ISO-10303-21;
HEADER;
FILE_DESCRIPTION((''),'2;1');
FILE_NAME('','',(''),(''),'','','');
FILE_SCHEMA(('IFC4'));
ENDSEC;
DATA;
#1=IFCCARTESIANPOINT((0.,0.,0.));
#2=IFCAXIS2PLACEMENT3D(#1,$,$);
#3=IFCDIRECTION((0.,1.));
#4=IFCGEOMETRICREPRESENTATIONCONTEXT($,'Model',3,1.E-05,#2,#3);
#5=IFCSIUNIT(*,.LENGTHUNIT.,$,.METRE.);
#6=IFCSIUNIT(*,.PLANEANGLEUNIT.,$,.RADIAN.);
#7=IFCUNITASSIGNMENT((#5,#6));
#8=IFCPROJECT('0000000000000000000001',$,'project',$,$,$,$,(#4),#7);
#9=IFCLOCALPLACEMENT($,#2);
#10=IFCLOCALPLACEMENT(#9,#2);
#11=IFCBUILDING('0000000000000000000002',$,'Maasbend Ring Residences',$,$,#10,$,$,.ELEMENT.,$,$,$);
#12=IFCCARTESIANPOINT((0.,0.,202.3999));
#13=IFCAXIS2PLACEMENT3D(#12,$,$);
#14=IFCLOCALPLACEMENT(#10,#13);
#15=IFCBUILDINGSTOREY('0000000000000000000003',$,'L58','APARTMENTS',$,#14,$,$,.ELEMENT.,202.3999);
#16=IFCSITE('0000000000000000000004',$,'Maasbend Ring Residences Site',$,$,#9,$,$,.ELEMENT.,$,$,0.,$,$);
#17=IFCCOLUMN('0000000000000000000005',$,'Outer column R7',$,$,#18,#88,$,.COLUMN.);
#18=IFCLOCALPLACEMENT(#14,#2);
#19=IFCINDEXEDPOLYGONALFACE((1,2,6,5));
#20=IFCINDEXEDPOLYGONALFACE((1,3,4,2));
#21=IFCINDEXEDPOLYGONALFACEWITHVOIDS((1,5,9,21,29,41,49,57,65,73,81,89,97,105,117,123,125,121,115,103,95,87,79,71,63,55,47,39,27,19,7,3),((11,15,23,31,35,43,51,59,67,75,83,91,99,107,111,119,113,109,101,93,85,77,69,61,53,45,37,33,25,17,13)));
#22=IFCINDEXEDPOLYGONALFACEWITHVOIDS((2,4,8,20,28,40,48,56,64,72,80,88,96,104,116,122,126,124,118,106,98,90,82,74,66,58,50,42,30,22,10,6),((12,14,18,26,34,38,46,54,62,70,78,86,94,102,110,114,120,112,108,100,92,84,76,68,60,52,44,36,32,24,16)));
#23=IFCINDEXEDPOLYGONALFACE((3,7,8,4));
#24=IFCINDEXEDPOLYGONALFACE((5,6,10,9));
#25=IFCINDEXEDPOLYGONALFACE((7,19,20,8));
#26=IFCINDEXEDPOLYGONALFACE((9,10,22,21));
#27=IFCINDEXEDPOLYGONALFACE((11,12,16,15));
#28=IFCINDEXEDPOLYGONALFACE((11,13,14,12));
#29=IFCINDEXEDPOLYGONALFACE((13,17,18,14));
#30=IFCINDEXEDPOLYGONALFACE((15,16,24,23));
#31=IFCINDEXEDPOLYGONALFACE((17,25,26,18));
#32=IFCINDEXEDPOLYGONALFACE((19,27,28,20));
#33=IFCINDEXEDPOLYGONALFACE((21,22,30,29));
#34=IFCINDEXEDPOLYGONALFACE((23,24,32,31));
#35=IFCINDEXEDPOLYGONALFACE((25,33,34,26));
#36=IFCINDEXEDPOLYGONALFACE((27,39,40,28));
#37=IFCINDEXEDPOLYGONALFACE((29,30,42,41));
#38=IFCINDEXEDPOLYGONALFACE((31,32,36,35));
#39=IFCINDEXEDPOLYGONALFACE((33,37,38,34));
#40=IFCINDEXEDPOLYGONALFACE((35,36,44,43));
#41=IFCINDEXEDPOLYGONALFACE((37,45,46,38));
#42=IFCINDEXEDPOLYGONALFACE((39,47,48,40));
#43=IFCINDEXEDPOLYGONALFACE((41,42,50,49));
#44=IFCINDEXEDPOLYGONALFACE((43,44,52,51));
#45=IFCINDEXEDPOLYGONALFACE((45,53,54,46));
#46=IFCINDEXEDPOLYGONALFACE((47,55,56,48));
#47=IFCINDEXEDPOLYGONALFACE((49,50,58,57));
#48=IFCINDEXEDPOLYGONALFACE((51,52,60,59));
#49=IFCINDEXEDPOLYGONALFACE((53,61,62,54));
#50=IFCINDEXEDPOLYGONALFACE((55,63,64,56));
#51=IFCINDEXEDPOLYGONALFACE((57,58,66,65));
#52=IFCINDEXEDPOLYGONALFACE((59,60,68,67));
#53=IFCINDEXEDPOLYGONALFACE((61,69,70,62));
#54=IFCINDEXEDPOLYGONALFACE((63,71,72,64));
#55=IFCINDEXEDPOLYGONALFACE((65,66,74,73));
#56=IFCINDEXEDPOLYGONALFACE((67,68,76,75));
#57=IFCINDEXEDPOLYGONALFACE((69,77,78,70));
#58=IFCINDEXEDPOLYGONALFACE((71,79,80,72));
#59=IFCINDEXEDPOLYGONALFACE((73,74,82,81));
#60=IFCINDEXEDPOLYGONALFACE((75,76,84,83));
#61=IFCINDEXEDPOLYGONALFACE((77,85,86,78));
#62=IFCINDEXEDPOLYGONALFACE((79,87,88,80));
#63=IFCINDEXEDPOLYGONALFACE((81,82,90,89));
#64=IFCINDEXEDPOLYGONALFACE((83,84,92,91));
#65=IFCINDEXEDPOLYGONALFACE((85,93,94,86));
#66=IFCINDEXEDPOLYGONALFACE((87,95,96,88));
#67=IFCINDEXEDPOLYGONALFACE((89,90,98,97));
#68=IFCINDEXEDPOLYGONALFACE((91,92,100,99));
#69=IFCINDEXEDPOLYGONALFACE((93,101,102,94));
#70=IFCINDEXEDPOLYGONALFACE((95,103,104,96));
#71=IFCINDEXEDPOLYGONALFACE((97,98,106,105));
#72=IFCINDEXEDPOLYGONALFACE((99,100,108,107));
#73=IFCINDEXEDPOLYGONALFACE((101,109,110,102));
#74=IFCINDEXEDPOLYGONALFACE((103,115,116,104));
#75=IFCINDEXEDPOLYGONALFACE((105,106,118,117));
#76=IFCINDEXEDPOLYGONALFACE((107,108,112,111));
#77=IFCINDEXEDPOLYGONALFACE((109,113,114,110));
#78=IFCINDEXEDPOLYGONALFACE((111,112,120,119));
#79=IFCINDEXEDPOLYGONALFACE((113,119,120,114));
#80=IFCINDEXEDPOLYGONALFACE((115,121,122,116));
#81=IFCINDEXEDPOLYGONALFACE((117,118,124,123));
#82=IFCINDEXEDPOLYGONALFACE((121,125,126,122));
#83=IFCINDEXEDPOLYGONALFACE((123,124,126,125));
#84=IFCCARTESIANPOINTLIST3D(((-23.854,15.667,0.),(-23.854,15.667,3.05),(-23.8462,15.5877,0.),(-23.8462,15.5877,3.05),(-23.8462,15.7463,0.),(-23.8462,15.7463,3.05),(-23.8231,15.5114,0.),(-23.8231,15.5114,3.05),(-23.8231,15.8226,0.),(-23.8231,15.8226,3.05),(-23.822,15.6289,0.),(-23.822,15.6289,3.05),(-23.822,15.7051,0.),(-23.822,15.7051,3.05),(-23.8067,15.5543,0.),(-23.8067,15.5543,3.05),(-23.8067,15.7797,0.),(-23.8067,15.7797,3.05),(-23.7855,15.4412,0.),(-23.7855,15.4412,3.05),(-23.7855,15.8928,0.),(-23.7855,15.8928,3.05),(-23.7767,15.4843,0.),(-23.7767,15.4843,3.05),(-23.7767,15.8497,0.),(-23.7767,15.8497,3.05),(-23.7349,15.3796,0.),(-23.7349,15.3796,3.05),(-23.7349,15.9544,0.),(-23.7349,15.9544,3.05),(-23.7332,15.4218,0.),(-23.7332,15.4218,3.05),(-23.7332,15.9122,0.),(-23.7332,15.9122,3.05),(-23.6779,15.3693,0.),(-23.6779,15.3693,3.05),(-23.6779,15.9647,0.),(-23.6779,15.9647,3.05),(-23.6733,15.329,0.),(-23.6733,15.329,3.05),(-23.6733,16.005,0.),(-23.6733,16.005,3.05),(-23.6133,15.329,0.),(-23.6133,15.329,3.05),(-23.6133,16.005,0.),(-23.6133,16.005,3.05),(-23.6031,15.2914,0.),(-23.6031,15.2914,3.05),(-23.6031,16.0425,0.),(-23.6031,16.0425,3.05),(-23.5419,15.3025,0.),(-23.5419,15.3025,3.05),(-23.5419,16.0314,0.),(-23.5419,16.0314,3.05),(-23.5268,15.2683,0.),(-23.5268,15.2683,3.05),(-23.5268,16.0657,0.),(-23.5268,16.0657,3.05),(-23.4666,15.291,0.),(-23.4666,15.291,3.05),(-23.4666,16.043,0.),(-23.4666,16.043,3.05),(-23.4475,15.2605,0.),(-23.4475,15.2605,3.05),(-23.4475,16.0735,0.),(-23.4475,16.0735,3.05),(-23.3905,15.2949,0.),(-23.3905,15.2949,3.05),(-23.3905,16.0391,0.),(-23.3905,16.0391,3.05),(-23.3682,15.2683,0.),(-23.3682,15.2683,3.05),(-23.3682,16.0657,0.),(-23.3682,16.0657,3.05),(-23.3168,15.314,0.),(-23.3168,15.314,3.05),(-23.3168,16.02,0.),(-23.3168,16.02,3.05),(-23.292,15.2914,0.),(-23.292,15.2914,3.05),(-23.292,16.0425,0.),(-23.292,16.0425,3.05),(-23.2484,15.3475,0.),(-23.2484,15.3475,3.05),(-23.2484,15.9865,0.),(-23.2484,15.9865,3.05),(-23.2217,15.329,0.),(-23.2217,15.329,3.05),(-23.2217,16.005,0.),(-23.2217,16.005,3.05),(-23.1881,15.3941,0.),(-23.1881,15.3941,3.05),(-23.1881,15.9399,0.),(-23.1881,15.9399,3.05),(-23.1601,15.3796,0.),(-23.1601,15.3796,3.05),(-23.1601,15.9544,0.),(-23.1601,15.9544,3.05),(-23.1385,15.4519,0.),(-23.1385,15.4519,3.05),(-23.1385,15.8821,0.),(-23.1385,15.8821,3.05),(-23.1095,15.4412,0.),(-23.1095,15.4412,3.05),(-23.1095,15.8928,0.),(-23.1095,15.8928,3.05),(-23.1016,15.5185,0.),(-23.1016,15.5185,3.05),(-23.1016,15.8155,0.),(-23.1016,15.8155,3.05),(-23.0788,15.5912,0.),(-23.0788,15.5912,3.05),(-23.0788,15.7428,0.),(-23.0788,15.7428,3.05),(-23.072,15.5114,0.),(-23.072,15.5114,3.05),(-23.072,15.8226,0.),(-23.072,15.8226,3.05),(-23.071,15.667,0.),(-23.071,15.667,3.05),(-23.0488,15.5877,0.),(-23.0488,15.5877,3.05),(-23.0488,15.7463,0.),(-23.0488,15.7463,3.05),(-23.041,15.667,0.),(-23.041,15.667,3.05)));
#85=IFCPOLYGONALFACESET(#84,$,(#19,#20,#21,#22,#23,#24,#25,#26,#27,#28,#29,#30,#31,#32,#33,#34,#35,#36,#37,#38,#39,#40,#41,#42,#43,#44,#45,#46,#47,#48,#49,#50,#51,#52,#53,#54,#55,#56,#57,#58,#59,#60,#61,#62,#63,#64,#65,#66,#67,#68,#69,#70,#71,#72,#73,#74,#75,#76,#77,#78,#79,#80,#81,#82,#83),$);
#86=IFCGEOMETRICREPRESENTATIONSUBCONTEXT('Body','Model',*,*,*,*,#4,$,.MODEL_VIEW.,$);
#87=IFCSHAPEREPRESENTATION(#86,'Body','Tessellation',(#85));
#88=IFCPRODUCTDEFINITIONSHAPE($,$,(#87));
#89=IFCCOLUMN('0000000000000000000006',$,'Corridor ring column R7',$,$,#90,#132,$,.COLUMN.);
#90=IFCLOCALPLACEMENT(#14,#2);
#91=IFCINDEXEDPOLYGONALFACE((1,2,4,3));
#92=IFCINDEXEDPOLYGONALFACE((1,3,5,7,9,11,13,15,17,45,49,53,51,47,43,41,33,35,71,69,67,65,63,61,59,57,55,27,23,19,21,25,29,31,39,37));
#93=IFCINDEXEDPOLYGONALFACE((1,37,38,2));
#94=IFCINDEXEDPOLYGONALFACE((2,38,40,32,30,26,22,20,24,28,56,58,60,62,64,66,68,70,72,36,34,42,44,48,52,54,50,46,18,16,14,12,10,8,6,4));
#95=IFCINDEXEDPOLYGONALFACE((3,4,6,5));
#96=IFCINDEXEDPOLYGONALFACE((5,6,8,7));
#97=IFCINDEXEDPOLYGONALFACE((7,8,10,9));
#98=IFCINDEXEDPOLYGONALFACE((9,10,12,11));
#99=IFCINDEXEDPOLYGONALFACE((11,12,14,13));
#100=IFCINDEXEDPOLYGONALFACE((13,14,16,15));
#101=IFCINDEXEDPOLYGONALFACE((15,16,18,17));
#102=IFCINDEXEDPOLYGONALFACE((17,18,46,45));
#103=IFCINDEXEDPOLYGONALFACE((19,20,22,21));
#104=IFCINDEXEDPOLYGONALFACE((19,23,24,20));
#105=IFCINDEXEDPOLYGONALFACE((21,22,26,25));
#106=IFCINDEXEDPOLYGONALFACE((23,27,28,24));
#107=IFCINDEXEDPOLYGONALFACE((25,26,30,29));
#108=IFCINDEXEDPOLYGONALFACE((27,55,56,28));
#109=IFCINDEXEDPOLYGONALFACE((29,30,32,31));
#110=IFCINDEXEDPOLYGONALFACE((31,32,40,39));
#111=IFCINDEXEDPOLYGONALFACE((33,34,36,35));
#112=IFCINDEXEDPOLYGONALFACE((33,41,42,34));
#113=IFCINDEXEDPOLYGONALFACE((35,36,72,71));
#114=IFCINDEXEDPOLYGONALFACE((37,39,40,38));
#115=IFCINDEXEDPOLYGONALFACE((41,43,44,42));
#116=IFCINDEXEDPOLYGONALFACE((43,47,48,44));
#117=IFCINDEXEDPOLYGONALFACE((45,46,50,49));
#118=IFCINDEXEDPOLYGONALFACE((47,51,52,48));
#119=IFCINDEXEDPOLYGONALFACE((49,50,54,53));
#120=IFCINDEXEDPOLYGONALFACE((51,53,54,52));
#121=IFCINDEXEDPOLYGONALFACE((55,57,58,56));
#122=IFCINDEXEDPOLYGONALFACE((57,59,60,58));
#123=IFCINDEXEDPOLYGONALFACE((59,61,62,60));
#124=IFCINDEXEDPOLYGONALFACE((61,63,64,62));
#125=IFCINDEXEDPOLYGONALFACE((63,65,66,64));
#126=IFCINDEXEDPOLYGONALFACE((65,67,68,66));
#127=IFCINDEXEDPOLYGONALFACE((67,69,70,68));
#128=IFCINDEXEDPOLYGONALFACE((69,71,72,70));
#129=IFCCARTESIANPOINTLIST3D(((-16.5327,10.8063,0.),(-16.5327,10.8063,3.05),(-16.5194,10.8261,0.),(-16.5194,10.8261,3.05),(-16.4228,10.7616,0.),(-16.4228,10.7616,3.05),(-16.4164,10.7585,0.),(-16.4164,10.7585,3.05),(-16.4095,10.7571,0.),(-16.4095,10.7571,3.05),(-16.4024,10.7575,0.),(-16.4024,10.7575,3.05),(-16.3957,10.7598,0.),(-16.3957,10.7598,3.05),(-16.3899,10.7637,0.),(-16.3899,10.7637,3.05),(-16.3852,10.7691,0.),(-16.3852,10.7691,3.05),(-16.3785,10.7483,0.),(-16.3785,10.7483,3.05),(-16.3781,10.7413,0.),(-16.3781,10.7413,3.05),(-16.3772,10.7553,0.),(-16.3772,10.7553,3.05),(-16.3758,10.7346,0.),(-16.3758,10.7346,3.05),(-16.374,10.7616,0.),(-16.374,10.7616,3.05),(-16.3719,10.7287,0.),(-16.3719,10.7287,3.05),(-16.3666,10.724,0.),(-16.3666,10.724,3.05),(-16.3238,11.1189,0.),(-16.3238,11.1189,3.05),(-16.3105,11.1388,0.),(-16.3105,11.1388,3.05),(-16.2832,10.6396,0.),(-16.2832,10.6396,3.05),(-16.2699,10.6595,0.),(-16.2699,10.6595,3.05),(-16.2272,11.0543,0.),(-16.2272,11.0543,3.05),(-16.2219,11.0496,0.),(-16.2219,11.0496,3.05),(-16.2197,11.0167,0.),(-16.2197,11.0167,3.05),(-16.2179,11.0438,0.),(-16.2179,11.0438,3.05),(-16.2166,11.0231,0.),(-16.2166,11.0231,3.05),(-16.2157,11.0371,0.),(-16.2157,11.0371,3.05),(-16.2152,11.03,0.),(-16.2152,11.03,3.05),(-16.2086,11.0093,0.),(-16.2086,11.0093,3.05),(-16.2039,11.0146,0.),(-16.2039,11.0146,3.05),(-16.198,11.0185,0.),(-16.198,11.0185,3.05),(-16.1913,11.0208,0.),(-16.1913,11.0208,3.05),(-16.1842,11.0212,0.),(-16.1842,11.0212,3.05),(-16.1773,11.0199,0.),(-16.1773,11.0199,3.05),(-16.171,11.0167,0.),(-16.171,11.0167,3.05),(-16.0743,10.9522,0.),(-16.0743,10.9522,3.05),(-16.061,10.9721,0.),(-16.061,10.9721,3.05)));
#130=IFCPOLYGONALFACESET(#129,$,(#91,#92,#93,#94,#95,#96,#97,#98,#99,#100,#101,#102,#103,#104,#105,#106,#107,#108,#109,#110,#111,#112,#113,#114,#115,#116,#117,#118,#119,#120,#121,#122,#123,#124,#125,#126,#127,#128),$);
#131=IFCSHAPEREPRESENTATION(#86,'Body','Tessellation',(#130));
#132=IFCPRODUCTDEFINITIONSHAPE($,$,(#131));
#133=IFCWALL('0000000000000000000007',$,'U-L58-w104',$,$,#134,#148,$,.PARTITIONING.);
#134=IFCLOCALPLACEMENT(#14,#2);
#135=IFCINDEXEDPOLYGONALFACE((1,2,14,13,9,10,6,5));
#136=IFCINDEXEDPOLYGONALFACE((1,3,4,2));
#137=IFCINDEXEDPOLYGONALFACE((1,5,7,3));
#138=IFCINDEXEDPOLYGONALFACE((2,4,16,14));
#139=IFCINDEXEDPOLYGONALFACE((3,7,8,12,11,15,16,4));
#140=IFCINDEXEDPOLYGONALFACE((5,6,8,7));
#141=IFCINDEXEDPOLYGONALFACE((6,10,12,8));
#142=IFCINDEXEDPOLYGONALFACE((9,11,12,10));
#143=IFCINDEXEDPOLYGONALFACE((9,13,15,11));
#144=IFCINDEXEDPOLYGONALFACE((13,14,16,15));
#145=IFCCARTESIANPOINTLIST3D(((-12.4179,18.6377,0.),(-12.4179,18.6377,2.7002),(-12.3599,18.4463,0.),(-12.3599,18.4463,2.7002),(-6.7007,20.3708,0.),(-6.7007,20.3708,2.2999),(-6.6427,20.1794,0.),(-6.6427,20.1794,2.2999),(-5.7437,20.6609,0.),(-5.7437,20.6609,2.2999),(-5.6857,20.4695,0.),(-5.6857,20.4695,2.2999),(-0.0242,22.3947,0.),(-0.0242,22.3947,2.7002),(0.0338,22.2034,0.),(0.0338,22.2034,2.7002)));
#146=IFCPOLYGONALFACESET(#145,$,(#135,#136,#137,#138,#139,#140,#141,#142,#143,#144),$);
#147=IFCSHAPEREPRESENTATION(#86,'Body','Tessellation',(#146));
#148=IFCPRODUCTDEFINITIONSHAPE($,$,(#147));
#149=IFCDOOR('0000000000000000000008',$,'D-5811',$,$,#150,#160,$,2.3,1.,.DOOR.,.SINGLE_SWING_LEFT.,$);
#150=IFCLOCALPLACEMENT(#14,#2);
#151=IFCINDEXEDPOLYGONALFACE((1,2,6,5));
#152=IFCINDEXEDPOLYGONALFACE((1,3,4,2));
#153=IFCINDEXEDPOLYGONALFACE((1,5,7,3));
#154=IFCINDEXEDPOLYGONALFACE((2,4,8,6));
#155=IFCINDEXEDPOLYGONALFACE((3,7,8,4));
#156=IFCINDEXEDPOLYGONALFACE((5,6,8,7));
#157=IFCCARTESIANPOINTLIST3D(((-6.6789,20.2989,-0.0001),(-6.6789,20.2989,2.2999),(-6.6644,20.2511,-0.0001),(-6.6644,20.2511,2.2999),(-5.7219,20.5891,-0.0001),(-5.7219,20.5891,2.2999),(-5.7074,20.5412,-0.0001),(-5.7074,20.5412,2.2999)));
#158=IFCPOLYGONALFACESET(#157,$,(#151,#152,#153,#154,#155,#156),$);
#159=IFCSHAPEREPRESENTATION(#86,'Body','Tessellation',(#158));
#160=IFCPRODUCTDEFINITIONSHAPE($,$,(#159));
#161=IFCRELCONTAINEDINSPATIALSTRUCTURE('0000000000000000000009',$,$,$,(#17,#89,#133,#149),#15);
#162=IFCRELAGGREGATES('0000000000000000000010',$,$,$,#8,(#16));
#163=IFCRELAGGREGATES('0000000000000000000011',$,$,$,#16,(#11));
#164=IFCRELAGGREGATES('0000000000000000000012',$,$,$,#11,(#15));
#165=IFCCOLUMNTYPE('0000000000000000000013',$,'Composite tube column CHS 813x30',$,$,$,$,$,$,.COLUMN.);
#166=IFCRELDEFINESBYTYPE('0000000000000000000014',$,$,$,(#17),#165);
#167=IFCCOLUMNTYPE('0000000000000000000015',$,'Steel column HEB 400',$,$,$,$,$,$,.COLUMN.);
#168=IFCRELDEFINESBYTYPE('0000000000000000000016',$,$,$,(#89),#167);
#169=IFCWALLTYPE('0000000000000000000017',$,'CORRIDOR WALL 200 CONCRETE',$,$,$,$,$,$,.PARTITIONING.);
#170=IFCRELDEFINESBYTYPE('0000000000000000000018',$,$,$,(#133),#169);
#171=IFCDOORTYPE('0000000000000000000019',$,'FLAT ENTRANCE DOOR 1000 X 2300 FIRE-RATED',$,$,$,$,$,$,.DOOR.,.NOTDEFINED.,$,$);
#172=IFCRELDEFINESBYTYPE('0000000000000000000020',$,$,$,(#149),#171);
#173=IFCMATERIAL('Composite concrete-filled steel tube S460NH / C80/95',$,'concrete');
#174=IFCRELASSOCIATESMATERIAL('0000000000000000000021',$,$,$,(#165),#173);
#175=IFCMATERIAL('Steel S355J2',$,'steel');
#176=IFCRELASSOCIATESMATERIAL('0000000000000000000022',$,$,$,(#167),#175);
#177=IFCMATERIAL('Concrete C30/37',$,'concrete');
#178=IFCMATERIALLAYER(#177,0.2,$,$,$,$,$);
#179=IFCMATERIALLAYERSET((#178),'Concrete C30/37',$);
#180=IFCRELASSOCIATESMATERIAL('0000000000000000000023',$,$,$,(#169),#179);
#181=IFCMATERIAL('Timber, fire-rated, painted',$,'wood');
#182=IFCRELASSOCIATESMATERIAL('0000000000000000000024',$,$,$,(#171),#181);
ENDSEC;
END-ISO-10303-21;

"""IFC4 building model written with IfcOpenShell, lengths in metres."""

from ifc_helpers import new_model, si_unit, direction, frame, frame_2d, origin, origin_2d, place, context, subcontext, project, spatial, rectangle, hollow_circle, i_section, extrude, material, layer, layer_set, material_profile, profile_set, type_object, element, fill, save


model = new_model("IFC4")

# Units and contexts
model_context = context("Model", 3, precision=1e-05, world=origin(), true_north=direction((0.0, 1.0)))
body_context = subcontext(model_context, "Body", "Model", "MODEL_VIEW")
ifc_project = project(units=[si_unit("LENGTHUNIT", "METRE"), si_unit("PLANEANGLEUNIT", "RADIAN")], contexts=[model_context])

# Site, building, storey
site_placement = place(None, origin())
site = spatial("IfcSite", under=ifc_project, at=site_placement, Name="Maasbend Ring Residences Site", CompositionType="ELEMENT", RefElevation=0.0)
building_placement = place(site_placement, origin())
building = spatial("IfcBuilding", under=site, at=building_placement, Name="Maasbend Ring Residences", CompositionType="ELEMENT")
storey_placement = place(building_placement, frame((0.0, 0.0, 202.3999)))
storey = spatial("IfcBuildingStorey", under=building, at=storey_placement, Name="L58", Description="APARTMENTS", CompositionType="ELEMENT", Elevation=202.3999)

# Columns
ifc_material_1 = material(Name="Composite concrete-filled steel tube S460NH / C80/95", Category="concrete")
ifc_material_profile_1 = material_profile(ifc_material_1, hollow_circle(Radius=0.4065, WallThickness=0.03, at=origin_2d()), Name="Composite tube column CHS 813x30")
ifc_profile_set_1 = profile_set([ifc_material_profile_1], Name="Composite concrete-filled steel tube S460NH / C80/95")
column_type_1 = type_object("IfcColumnType", Name="Composite tube column CHS 813x30", PredefinedType="COLUMN", material=ifc_profile_set_1)
column_1_placement = place(storey_placement, frame((-23.4475, 15.667, 0.0), z_axis=(0.0, 0.0, 1.0), x_axis=(1.0, 0.0, 0.0)))
element("IfcColumn", 1, at=column_1_placement, inside=storey, type_object=column_type_1, Name="Outer column R7", PredefinedType="COLUMN", context=body_context, shape_type="SweptSolid", body=[
    extrude(hollow_circle(Radius=0.4065, WallThickness=0.03, at=origin_2d()), origin(), (0.0, 0.0, 1.0), 3.05),
])
ifc_material_2 = material(Name="Steel S355J2", Category="steel")
ifc_material_profile_2 = material_profile(ifc_material_2, i_section(OverallWidth=0.3, OverallDepth=0.3999, WebThickness=0.0134, FlangeThickness=0.0239, FilletRadius=0.0271, at=origin_2d()), Name="HEB 400")
ifc_profile_set_2 = profile_set([ifc_material_profile_2], Name="Steel S355J2")
column_type_2 = type_object("IfcColumnType", Name="Steel column HEB 400", PredefinedType="COLUMN", material=ifc_profile_set_2)
column_2_placement = place(storey_placement, frame((-16.2969, 10.8892, 0.0), z_axis=(0.0, 0.0, 1.0), x_axis=(-0.83147, 0.55557, 0.0)))
element("IfcColumn", 2, at=column_2_placement, inside=storey, type_object=column_type_2, Name="Corridor ring column R7", PredefinedType="COLUMN", context=body_context, shape_type="SweptSolid", body=[
    extrude(i_section(OverallWidth=0.3, OverallDepth=0.3999, WebThickness=0.0134, FlangeThickness=0.0239, FilletRadius=0.0271, at=origin_2d()), origin(), (0.0, 0.0, 1.0), 3.05),
])

# Wall, opening, door
ifc_material_3 = material(Name="Concrete C30/37", Category="concrete")
ifc_layer_1 = layer(ifc_material_3, 0.2)
ifc_layer_set_1 = layer_set([ifc_layer_1], Name="Concrete C30/37")
wall_type_1 = type_object("IfcWallType", Name="CORRIDOR WALL 200 CONCRETE", PredefinedType="PARTITIONING", material=ifc_layer_set_1)
wall_1_placement = place(storey_placement, frame((-12.3889, 18.542, 0.0), z_axis=(0.0, 0.0, 1.0), x_axis=(0.956995, 0.290105, 0.0)))
wall_1 = element("IfcWall", 3, at=wall_1_placement, inside=storey, type_object=wall_type_1, Name="U-L58-w104", PredefinedType="PARTITIONING", context=body_context, shape_type="SweptSolid", body=[
    extrude(rectangle(XDim=12.9507, YDim=0.2, at=frame_2d((6.4753, 0.0))), origin(), (0.0, 0.0, 1.0), 2.7002),
])
opening_1_placement = place(wall_1_placement, frame((5.9741, 0.0, 0.0)))
opening_1 = element("IfcOpeningElement", 4, at=opening_1_placement, cuts=wall_1, PredefinedType="OPENING", context=body_context, shape_type="SweptSolid", body=[
    extrude(rectangle(XDim=1.0, YDim=2.3, at=frame_2d((0.5, 1.1499))), frame((0.0, 0.1099, 0.0), z_axis=(0.0, -1.0, 0.0), x_axis=(1.0, 0.0, 0.0)), (0.0, 0.0, 1.0), 0.22),
])
ifc_material_4 = material(Name="Timber, fire-rated, painted", Category="wood")
door_type_1 = type_object("IfcDoorType", Name="FLAT ENTRANCE DOOR 1000 X 2300 FIRE-RATED", OperationType="NOTDEFINED", PredefinedType="DOOR", material=ifc_material_4)
door_1_placement = place(opening_1_placement, origin())
door_1 = element("IfcDoor", 5, at=door_1_placement, inside=storey, type_object=door_type_1, Name="D-5811", OperationType="SINGLE_SWING_LEFT", OverallHeight=2.3, OverallWidth=1.0, PredefinedType="DOOR", context=body_context, shape_type="SweptSolid", body=[
    extrude(rectangle(XDim=1.0, YDim=2.3, at=frame_2d((0.5, 1.1499))), frame((0.0, 0.0249, 0.0), z_axis=(0.0, -1.0, 0.0), x_axis=(1.0, 0.0, 0.0)), (0.0, 0.0, 1.0), 0.05),
])
fill(opening_1, door_1)

save(model, "model.ifc")
